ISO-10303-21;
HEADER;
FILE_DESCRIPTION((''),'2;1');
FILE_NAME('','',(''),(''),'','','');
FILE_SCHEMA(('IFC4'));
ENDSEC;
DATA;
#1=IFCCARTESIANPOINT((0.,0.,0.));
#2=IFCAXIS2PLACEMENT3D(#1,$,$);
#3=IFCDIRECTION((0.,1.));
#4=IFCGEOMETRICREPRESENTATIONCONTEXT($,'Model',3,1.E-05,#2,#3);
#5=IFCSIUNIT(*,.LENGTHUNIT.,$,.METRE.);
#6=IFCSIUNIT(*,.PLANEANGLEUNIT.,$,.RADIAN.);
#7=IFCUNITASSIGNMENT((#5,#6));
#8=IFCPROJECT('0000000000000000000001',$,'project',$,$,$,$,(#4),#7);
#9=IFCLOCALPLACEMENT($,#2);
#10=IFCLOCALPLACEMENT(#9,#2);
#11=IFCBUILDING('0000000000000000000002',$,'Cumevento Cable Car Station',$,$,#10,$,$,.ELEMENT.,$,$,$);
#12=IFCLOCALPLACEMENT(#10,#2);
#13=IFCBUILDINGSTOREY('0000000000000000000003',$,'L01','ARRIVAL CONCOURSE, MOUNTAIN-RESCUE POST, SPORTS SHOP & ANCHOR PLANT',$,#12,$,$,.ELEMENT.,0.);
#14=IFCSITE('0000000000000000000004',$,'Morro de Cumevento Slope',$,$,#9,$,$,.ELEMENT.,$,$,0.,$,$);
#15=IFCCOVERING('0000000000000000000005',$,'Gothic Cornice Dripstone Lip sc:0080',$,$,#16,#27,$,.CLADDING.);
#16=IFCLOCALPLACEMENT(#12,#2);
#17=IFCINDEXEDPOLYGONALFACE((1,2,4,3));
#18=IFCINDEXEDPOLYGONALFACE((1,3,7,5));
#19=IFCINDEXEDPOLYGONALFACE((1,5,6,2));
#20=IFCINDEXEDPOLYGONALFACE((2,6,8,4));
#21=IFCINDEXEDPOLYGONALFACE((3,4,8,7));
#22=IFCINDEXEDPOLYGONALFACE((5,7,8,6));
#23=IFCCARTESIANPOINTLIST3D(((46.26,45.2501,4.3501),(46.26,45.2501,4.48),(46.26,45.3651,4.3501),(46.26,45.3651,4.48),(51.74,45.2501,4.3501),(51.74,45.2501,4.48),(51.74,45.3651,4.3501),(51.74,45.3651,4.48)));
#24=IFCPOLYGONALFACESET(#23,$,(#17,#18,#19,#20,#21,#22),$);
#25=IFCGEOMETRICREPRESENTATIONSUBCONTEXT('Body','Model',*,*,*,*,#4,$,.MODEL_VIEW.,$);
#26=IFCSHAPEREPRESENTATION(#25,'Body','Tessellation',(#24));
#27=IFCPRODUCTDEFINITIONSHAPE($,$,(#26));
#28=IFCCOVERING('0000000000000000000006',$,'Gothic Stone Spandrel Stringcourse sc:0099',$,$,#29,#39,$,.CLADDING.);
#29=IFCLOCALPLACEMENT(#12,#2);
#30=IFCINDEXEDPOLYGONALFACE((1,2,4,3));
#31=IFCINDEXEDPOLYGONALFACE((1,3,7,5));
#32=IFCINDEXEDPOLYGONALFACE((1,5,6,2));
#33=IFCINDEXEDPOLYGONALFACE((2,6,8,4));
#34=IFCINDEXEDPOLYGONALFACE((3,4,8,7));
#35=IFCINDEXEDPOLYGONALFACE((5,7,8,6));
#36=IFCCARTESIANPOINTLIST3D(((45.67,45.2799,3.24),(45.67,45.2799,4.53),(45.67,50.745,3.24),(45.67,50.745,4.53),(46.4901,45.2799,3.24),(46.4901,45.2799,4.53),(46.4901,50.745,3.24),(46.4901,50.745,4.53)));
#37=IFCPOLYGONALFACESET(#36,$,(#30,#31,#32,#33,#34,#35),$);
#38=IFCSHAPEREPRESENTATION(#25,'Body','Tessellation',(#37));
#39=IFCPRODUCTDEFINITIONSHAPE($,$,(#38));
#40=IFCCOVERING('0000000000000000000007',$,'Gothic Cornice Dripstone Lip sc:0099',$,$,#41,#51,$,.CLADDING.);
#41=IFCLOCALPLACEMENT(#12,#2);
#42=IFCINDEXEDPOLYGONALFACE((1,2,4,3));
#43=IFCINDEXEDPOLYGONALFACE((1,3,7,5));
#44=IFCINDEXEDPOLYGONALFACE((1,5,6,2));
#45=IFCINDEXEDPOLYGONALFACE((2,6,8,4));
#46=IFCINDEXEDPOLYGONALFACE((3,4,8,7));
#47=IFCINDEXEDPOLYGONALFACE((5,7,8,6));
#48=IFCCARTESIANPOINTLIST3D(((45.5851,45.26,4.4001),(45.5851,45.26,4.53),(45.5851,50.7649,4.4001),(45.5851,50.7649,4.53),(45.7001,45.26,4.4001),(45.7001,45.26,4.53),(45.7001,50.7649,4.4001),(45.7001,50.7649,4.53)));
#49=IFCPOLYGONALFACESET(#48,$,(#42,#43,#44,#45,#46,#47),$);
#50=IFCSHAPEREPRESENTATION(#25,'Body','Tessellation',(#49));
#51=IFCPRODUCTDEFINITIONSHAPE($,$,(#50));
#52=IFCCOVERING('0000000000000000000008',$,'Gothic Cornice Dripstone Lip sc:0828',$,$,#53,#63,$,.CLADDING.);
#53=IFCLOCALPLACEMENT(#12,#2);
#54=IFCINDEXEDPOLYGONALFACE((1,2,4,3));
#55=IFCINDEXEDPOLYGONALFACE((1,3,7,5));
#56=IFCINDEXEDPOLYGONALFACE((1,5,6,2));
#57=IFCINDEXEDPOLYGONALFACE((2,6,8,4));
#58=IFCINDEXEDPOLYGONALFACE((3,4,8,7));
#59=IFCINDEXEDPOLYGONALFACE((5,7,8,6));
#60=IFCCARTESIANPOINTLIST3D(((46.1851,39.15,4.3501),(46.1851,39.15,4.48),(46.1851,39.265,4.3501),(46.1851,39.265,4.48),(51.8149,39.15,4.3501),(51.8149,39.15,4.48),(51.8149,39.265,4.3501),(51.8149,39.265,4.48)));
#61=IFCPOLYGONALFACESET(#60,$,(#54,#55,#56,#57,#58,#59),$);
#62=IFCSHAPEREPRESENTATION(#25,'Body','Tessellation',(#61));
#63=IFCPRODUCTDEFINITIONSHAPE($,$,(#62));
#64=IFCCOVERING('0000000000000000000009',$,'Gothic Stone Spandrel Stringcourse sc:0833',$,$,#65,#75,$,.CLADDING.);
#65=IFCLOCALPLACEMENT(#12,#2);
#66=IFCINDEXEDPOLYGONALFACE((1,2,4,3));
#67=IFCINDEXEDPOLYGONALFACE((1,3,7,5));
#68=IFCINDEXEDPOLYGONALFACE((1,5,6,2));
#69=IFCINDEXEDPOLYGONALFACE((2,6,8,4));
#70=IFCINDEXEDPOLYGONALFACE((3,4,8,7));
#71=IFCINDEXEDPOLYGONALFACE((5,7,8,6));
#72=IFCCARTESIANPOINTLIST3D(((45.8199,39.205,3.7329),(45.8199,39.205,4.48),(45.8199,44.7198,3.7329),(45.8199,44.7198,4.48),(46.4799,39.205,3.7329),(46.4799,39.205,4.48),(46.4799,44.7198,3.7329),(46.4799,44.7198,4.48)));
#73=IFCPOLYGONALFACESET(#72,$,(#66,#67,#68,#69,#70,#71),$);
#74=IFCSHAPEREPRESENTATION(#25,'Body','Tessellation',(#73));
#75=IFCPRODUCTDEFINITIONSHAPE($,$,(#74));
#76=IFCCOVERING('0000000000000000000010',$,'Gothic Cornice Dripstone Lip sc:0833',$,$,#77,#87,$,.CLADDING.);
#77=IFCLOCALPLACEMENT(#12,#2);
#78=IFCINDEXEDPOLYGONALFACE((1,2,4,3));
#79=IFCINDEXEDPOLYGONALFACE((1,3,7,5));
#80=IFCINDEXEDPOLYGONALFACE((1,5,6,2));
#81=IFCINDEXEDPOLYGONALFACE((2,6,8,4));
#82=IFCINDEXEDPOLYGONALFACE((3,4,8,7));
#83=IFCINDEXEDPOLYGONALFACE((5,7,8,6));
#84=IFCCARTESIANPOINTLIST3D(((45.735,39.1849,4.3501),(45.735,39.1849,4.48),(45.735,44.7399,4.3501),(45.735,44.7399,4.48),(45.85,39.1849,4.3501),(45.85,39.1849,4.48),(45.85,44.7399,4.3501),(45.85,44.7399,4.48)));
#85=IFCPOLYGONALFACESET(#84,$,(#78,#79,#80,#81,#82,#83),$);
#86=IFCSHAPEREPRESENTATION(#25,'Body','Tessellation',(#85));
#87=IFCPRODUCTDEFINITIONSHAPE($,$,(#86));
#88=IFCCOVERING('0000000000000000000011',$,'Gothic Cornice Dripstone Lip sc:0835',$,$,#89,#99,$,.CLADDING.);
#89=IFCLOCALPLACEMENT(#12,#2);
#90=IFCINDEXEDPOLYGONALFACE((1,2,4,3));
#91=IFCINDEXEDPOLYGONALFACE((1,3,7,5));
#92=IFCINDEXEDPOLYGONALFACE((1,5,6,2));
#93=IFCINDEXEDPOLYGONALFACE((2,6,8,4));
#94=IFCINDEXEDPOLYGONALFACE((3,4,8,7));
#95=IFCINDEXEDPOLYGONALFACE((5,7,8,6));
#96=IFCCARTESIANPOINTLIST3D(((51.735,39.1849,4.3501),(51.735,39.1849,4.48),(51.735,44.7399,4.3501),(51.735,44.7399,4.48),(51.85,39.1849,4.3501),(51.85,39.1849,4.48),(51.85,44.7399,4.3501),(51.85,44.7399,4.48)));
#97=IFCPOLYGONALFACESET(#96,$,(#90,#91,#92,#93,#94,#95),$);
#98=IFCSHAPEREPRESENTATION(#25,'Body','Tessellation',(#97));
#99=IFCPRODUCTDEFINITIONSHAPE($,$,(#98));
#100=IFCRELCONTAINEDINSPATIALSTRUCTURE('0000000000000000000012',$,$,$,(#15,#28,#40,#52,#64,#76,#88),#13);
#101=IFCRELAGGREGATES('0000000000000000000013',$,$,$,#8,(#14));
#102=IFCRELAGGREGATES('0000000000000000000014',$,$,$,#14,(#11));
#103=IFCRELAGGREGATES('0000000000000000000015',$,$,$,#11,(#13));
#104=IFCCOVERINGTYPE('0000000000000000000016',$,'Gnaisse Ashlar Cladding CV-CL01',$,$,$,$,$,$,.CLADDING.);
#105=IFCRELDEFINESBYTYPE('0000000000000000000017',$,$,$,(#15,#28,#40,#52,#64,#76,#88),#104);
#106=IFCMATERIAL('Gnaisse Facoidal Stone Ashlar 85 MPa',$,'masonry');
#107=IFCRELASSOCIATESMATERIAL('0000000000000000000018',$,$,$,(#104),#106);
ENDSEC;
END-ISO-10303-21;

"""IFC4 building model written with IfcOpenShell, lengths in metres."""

from ifc_helpers import new_model, si_unit, direction, frame, origin, origin_2d, place, context, subcontext, project, spatial, rectangle, extrude, material, type_object, element, save


model = new_model("IFC4")

# Units and contexts
model_context = context("Model", 3, precision=1e-05, world=origin(), true_north=direction((0.0, 1.0)))
body_context = subcontext(model_context, "Body", "Model", "MODEL_VIEW")
ifc_project = project(units=[si_unit("LENGTHUNIT", "METRE"), si_unit("PLANEANGLEUNIT", "RADIAN")], contexts=[model_context])

# Site, building, storey
site_placement = place(None, origin())
site = spatial("IfcSite", under=ifc_project, at=site_placement, Name="Morro de Cumevento Slope", CompositionType="ELEMENT", RefElevation=0.0)
building_placement = place(site_placement, origin())
building = spatial("IfcBuilding", under=site, at=building_placement, Name="Cumevento Cable Car Station", CompositionType="ELEMENT")
storey_placement = place(building_placement, origin())
storey = spatial("IfcBuildingStorey", under=building, at=storey_placement, Name="L01", Description="ARRIVAL CONCOURSE, MOUNTAIN-RESCUE POST, SPORTS SHOP & ANCHOR PLANT", CompositionType="ELEMENT", Elevation=0.0)

# Coverings
ifc_material_1 = material(Name="Gnaisse Facoidal Stone Ashlar 85 MPa", Category="masonry")
covering_type = type_object("IfcCoveringType", Name="Gnaisse Ashlar Cladding CV-CL01", PredefinedType="CLADDING", material=ifc_material_1)
covering_1_placement = place(storey_placement, frame((49.0, 45.3076, 4.3501), z_axis=(0.0, 0.0, 1.0), x_axis=(1.0, 0.0, 0.0)))
element("IfcCovering", 1, at=covering_1_placement, inside=storey, type_object=covering_type, Name="Gothic Cornice Dripstone Lip sc:0080", PredefinedType="CLADDING", context=body_context, shape_type="SweptSolid", body=[
    extrude(rectangle(XDim=5.48, YDim=0.115, at=origin_2d()), origin(), (0.0, 0.0, 1.0), 0.1299),
])
covering_2_placement = place(storey_placement, frame((46.0801, 48.0125, 3.24), z_axis=(0.0, 0.0, 1.0), x_axis=(0.0, 1.0, 0.0)))
element("IfcCovering", 2, at=covering_2_placement, inside=storey, type_object=covering_type, Name="Gothic Stone Spandrel Stringcourse sc:0099", PredefinedType="CLADDING", context=body_context, shape_type="SweptSolid", body=[
    extrude(rectangle(XDim=5.4651, YDim=0.8201, at=origin_2d()), origin(), (0.0, 0.0, 1.0), 1.29),
])
covering_3_placement = place(storey_placement, frame((45.6426, 48.0125, 4.4001), z_axis=(0.0, 0.0, 1.0), x_axis=(0.0, 1.0, 0.0)))
element("IfcCovering", 3, at=covering_3_placement, inside=storey, type_object=covering_type, Name="Gothic Cornice Dripstone Lip sc:0099", PredefinedType="CLADDING", context=body_context, shape_type="SweptSolid", body=[
    extrude(rectangle(XDim=5.5049, YDim=0.115, at=origin_2d()), origin(), (0.0, 0.0, 1.0), 0.1299),
])
covering_4_placement = place(storey_placement, frame((49.0, 39.2075, 4.3501), z_axis=(0.0, 0.0, 1.0), x_axis=(1.0, 0.0, 0.0)))
element("IfcCovering", 4, at=covering_4_placement, inside=storey, type_object=covering_type, Name="Gothic Cornice Dripstone Lip sc:0828", PredefinedType="CLADDING", context=body_context, shape_type="SweptSolid", body=[
    extrude(rectangle(XDim=5.6299, YDim=0.115, at=origin_2d()), origin(), (0.0, 0.0, 1.0), 0.1299),
])
covering_5_placement = place(storey_placement, frame((46.1499, 41.9624, 3.7329), z_axis=(0.0, 0.0, 1.0), x_axis=(0.0, 1.0, 0.0)))
element("IfcCovering", 5, at=covering_5_placement, inside=storey, type_object=covering_type, Name="Gothic Stone Spandrel Stringcourse sc:0833", PredefinedType="CLADDING", context=body_context, shape_type="SweptSolid", body=[
    extrude(rectangle(XDim=5.5149, YDim=0.6599, at=origin_2d()), origin(), (0.0, 0.0, 1.0), 0.7471),
])
for number, where, z_axis, x_axis, name in (
    (6, (45.7925, 41.9624, 4.3501), (0.0, 0.0, 1.0), (0.0, 1.0, 0.0), "Gothic Cornice Dripstone Lip sc:0833"),
    (7, (51.7925, 41.9624, 4.3501), (0.0, 0.0, 1.0), (0.0, 1.0, 0.0), "Gothic Cornice Dripstone Lip sc:0835"),
):
    element("IfcCovering", number, at=place(storey_placement, frame(where, z_axis=z_axis, x_axis=x_axis)), inside=storey, type_object=covering_type, Name=name, PredefinedType="CLADDING", context=body_context, shape_type="SweptSolid", body=[
        extrude(rectangle(XDim=5.5549, YDim=0.115, at=origin_2d()), origin(), (0.0, 0.0, 1.0), 0.1299),
    ])

save(model, "model.ifc")
